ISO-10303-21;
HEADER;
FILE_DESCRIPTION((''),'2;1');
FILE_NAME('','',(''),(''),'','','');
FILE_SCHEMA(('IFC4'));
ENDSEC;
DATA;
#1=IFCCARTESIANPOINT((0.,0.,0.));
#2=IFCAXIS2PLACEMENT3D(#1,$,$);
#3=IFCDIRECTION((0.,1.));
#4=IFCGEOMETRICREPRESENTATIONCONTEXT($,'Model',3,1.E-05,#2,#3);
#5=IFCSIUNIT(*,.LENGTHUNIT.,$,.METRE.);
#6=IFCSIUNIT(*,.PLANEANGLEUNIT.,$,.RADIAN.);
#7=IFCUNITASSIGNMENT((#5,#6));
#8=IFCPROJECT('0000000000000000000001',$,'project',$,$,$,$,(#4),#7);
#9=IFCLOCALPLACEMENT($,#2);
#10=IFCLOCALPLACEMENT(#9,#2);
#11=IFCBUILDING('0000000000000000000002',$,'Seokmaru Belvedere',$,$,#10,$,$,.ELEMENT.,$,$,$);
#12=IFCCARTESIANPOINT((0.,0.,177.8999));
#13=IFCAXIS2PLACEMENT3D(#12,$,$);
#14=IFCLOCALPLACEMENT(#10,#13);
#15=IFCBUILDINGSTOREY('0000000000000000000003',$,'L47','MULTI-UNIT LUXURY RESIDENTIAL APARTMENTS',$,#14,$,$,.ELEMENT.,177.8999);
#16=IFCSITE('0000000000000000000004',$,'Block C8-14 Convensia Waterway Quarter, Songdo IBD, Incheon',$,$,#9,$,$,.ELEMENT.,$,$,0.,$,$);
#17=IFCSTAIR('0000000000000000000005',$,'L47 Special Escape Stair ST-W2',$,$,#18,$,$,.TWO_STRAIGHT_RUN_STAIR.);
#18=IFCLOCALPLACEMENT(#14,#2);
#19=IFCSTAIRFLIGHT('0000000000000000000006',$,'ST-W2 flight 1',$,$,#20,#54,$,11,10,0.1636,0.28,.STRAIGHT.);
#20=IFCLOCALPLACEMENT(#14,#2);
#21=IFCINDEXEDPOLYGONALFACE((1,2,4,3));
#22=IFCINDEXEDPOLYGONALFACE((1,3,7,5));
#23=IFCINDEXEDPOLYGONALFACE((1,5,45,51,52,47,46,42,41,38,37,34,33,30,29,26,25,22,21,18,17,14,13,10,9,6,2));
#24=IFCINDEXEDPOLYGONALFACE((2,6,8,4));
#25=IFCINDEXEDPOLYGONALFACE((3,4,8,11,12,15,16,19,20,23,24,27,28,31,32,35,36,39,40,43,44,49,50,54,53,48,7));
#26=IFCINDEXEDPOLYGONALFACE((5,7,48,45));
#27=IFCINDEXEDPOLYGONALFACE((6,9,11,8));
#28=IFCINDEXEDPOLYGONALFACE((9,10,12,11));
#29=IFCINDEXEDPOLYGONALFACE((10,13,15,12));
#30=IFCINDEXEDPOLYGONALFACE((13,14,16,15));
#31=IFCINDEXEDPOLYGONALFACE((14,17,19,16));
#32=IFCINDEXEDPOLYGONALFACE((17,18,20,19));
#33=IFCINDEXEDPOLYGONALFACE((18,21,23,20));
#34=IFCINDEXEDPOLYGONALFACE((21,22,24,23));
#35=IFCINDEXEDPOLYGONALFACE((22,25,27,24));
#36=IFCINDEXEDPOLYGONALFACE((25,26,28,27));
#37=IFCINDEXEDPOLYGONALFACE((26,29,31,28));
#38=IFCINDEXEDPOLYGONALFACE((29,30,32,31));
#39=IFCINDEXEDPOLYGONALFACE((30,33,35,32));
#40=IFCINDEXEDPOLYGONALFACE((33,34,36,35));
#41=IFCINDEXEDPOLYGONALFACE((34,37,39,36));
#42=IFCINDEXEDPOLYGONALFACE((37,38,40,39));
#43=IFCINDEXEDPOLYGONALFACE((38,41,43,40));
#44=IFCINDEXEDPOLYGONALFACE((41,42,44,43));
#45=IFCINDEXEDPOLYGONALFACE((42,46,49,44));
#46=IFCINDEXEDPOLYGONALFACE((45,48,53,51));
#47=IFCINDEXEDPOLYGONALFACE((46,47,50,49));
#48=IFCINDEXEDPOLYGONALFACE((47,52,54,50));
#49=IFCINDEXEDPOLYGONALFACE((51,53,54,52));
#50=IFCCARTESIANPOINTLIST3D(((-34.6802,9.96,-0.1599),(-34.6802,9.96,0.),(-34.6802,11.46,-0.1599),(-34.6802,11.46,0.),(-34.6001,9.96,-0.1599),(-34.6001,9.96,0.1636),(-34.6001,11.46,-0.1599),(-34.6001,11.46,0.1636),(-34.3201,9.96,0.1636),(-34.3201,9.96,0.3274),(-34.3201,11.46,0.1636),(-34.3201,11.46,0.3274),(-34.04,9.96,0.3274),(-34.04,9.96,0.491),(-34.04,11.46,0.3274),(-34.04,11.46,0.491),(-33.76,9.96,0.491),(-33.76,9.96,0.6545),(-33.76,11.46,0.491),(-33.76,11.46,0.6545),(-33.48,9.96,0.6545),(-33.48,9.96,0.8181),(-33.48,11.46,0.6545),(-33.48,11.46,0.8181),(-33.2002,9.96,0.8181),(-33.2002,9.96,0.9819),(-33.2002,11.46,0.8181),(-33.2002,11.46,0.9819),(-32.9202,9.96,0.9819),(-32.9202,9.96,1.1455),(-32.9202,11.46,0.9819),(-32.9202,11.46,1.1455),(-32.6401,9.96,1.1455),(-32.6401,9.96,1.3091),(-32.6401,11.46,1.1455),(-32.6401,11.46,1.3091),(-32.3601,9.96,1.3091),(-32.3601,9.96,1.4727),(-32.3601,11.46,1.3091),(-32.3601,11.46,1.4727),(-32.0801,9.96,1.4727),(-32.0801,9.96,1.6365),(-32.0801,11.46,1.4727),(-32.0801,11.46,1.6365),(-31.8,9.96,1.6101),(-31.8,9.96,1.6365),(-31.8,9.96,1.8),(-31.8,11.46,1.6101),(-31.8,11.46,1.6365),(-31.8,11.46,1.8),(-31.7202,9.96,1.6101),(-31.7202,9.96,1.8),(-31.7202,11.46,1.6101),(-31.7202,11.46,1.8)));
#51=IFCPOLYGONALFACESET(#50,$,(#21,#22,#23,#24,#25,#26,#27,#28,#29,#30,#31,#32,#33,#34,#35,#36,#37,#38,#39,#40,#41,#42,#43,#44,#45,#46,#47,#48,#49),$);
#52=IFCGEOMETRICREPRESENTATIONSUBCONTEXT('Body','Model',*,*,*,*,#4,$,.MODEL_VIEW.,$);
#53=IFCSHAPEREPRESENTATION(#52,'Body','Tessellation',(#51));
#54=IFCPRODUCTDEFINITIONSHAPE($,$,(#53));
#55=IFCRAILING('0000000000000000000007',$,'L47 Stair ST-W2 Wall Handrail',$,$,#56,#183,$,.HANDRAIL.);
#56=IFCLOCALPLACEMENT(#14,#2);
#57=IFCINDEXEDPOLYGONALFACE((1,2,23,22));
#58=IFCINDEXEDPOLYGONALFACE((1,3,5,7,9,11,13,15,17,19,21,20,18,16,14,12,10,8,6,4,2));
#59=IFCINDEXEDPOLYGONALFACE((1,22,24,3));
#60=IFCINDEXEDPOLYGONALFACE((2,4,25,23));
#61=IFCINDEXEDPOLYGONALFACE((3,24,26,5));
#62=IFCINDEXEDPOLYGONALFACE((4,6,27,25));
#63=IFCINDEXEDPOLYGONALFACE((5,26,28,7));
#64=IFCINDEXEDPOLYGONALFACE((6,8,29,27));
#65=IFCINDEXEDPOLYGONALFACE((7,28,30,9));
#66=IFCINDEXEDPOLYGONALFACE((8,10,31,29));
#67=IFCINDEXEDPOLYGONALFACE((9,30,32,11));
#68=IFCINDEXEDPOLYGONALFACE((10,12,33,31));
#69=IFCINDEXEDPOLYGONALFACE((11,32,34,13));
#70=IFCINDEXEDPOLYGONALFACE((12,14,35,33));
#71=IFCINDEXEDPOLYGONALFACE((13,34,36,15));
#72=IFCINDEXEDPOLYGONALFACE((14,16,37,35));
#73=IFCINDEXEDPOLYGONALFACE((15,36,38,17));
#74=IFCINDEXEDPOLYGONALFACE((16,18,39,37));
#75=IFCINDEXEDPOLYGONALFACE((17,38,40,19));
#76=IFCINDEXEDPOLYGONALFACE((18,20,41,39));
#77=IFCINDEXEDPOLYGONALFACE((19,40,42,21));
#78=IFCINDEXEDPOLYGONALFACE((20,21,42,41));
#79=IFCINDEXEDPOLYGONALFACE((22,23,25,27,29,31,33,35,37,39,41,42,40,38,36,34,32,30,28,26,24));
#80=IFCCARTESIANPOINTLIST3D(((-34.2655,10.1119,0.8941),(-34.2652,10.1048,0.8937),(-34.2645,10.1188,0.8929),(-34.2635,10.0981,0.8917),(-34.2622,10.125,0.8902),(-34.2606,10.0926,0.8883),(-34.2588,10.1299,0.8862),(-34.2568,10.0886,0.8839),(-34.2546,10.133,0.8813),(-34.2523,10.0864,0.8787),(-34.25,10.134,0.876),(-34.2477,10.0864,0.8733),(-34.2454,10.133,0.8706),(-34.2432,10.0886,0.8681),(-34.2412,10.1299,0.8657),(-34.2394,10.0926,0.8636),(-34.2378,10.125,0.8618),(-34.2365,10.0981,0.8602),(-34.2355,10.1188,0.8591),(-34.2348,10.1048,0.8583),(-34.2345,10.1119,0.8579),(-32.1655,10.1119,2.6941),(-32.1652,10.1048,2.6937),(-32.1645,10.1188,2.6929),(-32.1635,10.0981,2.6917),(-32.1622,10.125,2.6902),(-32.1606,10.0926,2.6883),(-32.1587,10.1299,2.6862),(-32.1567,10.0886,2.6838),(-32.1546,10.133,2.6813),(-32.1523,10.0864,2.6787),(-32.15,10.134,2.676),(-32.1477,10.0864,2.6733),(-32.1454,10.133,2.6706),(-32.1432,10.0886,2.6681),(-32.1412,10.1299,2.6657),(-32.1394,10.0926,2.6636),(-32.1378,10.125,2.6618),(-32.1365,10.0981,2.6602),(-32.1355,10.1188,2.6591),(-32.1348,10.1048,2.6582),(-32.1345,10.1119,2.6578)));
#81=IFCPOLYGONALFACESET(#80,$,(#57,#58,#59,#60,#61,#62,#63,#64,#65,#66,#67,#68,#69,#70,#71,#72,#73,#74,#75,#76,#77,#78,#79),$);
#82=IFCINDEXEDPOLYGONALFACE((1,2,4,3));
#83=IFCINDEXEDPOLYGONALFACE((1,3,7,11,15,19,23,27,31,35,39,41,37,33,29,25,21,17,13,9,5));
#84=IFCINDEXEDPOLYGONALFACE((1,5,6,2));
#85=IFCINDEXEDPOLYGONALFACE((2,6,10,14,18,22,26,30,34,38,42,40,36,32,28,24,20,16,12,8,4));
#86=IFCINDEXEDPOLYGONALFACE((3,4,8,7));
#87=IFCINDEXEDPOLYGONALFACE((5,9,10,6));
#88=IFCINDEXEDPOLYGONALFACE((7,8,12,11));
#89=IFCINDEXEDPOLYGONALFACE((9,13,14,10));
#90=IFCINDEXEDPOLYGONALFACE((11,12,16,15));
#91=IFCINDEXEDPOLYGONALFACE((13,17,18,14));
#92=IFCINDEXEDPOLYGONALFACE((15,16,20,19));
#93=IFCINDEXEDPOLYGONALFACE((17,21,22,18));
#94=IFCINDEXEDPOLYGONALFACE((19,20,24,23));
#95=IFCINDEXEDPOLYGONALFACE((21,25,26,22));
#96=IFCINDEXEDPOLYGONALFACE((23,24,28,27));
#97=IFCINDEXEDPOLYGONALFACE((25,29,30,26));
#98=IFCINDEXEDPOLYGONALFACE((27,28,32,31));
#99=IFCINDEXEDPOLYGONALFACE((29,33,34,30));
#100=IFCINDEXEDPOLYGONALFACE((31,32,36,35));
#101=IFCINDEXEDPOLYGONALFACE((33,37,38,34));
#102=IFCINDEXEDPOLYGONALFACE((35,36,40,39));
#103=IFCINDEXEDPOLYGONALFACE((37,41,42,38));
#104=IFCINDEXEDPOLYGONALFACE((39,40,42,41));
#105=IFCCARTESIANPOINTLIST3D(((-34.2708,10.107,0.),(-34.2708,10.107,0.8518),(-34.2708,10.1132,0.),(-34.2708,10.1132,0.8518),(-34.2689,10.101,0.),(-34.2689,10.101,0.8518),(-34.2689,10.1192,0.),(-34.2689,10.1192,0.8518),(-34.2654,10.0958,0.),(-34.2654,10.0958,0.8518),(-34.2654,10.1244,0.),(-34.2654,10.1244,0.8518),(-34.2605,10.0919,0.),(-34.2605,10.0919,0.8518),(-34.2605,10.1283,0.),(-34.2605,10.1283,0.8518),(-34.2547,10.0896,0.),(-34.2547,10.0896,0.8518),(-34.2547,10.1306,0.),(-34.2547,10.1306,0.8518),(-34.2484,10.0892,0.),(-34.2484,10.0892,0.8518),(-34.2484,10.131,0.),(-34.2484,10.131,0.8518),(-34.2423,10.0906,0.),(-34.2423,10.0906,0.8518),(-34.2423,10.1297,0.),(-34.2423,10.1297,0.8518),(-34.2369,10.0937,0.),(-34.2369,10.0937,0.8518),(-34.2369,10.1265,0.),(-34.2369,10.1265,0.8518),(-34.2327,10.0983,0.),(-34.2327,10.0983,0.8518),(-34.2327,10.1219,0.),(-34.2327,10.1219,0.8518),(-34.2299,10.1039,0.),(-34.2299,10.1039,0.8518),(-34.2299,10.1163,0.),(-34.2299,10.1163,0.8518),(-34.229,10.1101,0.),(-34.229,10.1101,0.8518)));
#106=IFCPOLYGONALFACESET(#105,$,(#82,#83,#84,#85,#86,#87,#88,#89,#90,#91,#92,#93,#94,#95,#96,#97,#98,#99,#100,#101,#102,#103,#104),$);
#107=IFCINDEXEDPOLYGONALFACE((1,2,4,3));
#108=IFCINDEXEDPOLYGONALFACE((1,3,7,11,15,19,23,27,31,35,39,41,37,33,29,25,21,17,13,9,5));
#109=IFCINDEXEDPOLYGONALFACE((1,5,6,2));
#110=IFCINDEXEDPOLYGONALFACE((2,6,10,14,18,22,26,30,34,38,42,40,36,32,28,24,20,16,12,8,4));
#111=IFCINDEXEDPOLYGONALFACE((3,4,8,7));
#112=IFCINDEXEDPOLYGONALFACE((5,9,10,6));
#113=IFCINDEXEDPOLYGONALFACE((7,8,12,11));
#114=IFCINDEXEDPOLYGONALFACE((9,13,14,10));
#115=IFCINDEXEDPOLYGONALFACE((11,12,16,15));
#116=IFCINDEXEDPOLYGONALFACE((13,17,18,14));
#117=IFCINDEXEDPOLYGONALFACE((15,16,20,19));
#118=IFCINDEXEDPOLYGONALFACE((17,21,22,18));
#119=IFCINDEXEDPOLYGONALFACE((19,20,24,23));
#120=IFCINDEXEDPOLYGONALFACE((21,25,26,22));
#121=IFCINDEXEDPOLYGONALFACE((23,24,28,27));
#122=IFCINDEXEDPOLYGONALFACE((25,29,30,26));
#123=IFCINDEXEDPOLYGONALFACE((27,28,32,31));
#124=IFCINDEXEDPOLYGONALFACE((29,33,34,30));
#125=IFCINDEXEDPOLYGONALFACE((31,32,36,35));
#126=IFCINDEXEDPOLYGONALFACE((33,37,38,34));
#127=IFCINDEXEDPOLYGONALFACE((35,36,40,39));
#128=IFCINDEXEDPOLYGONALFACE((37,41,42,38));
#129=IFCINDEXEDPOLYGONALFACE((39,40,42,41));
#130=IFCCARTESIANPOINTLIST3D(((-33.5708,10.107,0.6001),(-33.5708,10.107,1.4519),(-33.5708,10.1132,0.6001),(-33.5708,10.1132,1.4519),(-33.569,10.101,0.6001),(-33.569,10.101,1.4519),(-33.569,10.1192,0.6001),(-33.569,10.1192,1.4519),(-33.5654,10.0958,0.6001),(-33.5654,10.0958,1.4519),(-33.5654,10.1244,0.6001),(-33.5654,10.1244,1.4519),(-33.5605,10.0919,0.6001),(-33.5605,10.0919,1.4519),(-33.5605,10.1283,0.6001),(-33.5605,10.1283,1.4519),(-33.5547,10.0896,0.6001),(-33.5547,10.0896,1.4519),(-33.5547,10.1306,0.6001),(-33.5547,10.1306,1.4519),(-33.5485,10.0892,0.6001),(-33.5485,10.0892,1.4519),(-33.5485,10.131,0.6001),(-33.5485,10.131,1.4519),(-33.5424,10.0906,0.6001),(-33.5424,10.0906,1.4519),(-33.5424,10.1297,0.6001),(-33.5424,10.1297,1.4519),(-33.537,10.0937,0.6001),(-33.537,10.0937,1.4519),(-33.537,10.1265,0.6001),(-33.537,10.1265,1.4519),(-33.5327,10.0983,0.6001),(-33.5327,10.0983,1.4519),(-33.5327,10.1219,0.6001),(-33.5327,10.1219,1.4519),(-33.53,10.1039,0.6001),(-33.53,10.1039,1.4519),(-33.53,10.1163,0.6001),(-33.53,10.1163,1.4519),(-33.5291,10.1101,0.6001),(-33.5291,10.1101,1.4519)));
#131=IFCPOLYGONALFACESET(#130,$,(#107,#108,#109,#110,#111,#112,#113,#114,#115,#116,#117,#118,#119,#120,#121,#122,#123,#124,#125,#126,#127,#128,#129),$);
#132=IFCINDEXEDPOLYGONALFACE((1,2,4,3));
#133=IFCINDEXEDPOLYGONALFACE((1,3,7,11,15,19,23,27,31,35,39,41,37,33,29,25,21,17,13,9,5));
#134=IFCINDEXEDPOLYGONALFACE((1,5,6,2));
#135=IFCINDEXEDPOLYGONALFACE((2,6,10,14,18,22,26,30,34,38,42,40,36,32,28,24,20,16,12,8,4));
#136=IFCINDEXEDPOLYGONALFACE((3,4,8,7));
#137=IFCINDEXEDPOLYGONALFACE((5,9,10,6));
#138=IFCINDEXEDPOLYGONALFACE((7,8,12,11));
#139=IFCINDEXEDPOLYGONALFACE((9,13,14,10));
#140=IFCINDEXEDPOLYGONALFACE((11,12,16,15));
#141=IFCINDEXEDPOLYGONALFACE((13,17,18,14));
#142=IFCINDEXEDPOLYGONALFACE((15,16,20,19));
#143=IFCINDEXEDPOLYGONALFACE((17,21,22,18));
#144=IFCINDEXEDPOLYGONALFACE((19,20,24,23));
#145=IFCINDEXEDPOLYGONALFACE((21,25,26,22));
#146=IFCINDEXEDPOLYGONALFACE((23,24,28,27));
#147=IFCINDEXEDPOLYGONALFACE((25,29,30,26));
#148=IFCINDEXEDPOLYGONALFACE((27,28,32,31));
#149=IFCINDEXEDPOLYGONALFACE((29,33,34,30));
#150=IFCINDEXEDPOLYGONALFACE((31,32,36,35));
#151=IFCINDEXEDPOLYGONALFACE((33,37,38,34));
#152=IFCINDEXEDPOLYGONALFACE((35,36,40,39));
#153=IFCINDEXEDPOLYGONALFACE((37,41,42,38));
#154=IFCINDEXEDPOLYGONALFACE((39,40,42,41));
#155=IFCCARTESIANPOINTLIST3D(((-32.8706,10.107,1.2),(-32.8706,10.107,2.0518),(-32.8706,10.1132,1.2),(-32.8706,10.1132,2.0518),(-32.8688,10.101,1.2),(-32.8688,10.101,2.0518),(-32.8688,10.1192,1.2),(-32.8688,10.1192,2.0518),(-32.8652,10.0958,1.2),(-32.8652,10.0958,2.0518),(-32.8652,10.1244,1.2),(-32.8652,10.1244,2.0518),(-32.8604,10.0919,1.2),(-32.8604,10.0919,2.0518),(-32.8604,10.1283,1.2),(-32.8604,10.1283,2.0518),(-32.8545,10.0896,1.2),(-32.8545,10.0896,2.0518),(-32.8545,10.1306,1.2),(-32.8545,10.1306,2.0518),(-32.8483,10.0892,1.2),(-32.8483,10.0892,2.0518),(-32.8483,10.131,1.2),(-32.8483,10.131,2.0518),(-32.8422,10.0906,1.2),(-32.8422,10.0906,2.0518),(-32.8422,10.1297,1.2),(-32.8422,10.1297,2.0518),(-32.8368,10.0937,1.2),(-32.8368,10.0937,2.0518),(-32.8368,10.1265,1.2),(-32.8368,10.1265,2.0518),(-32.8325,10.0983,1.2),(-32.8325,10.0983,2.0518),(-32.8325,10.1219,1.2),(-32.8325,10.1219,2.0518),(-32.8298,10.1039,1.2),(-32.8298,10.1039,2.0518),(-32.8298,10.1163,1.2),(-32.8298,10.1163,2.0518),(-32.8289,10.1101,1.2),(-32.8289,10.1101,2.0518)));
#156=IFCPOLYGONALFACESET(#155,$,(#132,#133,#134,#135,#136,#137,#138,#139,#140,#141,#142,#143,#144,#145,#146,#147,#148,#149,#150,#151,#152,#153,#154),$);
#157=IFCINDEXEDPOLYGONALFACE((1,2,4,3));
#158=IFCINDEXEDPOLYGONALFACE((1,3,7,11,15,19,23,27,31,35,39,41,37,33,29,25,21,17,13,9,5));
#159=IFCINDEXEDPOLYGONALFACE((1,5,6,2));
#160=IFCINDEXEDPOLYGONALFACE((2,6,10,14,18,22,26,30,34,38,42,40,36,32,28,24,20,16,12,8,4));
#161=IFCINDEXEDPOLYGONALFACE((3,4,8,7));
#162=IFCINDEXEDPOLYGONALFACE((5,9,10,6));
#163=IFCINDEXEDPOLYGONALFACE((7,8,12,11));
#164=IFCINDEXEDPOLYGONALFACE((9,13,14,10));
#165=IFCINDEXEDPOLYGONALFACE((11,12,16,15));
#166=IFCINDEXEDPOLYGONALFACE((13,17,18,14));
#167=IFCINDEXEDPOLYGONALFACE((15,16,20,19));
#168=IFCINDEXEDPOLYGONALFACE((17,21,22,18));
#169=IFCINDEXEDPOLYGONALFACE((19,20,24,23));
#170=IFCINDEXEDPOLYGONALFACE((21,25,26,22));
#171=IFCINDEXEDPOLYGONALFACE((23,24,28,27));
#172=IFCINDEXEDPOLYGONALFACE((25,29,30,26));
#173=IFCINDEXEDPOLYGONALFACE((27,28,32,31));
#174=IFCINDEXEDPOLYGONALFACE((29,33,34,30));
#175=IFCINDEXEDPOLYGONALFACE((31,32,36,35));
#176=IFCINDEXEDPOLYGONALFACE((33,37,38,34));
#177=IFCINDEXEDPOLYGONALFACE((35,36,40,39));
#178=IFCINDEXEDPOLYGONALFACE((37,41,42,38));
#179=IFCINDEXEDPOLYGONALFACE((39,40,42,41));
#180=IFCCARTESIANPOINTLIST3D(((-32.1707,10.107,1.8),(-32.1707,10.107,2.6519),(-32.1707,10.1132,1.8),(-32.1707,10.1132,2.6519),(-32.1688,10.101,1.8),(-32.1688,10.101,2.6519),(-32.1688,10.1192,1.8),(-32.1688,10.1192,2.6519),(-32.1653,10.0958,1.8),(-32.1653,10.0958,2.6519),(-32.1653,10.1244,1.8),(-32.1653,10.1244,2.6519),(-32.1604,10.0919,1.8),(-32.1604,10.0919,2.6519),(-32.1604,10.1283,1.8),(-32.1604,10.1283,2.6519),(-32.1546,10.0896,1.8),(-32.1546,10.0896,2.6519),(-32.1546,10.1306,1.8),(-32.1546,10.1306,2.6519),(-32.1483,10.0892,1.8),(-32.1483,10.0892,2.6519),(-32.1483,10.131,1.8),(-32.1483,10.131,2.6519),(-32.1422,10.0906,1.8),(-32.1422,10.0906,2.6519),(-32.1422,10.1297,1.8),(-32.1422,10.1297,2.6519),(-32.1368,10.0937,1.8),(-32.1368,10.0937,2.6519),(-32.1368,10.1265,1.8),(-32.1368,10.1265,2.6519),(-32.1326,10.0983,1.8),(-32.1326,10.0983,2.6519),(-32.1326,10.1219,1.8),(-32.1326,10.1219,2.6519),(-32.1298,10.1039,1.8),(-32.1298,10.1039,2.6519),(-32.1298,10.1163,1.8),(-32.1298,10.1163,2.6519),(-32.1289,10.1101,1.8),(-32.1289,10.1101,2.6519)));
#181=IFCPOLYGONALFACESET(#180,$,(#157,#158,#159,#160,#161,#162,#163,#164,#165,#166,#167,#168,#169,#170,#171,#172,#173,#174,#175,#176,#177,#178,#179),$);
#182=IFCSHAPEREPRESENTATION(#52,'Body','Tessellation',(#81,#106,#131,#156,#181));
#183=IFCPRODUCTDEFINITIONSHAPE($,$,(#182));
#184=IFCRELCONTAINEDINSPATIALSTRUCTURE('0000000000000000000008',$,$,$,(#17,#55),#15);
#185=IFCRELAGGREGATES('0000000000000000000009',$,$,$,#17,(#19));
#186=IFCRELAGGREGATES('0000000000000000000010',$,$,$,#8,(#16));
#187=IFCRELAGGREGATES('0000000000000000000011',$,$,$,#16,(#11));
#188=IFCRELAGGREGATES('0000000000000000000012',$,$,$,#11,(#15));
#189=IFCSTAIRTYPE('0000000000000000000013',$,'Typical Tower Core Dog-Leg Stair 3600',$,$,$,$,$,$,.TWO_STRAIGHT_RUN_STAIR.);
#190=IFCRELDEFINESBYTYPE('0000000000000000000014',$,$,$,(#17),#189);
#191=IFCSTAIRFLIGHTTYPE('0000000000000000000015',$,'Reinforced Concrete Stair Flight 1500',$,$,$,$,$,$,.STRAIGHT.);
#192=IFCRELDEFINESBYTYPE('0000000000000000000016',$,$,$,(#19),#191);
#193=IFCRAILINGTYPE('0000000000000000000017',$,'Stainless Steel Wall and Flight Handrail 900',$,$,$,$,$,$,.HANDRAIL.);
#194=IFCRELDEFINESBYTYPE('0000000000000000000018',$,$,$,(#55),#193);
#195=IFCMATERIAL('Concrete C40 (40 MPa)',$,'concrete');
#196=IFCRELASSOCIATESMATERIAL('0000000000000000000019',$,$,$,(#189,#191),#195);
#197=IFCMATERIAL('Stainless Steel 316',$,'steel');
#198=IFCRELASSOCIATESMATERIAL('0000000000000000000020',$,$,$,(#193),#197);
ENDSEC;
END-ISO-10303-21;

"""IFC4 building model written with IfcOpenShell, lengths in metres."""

from ifc_helpers import new_model, si_unit, direction, frame, origin, origin_2d, place, context, subcontext, project, spatial, polyline, circle, outline, extrude, material, type_object, element, aggregate, save


model = new_model("IFC4")

# Units and contexts
model_context = context("Model", 3, precision=1e-05, world=origin(), true_north=direction((0.0, 1.0)))
body_context = subcontext(model_context, "Body", "Model", "MODEL_VIEW")
ifc_project = project(units=[si_unit("LENGTHUNIT", "METRE"), si_unit("PLANEANGLEUNIT", "RADIAN")], contexts=[model_context])

# Site, building, storey
site_placement = place(None, origin())
site = spatial("IfcSite", under=ifc_project, at=site_placement, Name="Block C8-14 Convensia Waterway Quarter, Songdo IBD, Incheon", CompositionType="ELEMENT", RefElevation=0.0)
building_placement = place(site_placement, origin())
building = spatial("IfcBuilding", under=site, at=building_placement, Name="Seokmaru Belvedere", CompositionType="ELEMENT")
storey_placement = place(building_placement, frame((0.0, 0.0, 177.8999)))
storey = spatial("IfcBuildingStorey", under=building, at=storey_placement, Name="L47", Description="MULTI-UNIT LUXURY RESIDENTIAL APARTMENTS", CompositionType="ELEMENT", Elevation=177.8999)

# Stair, stair flight
ifc_material_1 = material(Name="Concrete C40 (40 MPa)", Category="concrete")
stair_type = type_object("IfcStairType", Name="Typical Tower Core Dog-Leg Stair 3600", PredefinedType="TWO_STRAIGHT_RUN_STAIR", material=ifc_material_1)
stair_placement = place(storey_placement, origin())
stair = element("IfcStair", 1, at=stair_placement, inside=storey, type_object=stair_type, Name="L47 Special Escape Stair ST-W2", PredefinedType="TWO_STRAIGHT_RUN_STAIR")
stair_flight_type = type_object("IfcStairFlightType", Name="Reinforced Concrete Stair Flight 1500", PredefinedType="STRAIGHT", material=ifc_material_1)
stair_flight_placement = place(storey_placement, frame((-34.6001, 10.71, 0.0), z_axis=(0.0, 0.0, 1.0), x_axis=(1.0, 0.0, 0.0)))
stair_flight = element("IfcStairFlight", 2, at=stair_flight_placement, type_object=stair_flight_type, Name="ST-W2 flight 1", NumberOfRisers=11, NumberOfTreads=10, PredefinedType="STRAIGHT", RiserHeight=0.1636, TreadLength=0.28, context=body_context, shape_type="SweptSolid", body=[
    extrude(outline(polyline([(-0.0801, 0.0), (0.0, 0.1636), (0.28, 0.1636), (0.28, 0.3274), (0.5601, 0.3274), (0.5601, 0.491), (0.8401, 0.491), (0.8401, 0.6545), (1.1201, 0.6545), (1.1201, 0.8181), (1.3999, 0.8181), (1.3999, 0.9819), (1.6799, 0.9819), (1.6799, 1.1455), (1.96, 1.1455), (1.96, 1.3091), (2.24, 1.3091), (2.24, 1.4727), (2.52, 1.4727), (2.52, 1.6365), (2.8, 1.6365), (2.8, 1.8), (2.8799, 1.8), (2.8799, 1.6101), (2.8, 1.6101), (0.0, -0.1599), (-0.0801, -0.1599), (-0.0801, 0.0)])), frame((0.0, 0.75, 0.0), z_axis=(0.0, -1.0, 0.0), x_axis=(1.0, 0.0, 0.0)), (0.0, 0.0, 1.0), 1.5),
])
aggregate(stair, [stair_flight])

# Railing
ifc_material_2 = material(Name="Stainless Steel 316", Category="steel")
railing_type = type_object("IfcRailingType", Name="Stainless Steel Wall and Flight Handrail 900", PredefinedType="HANDRAIL", material=ifc_material_2)
railing_placement = place(storey_placement, frame((-34.25, 10.1101, 0.0)))
element("IfcRailing", 3, at=railing_placement, inside=storey, type_object=railing_type, Name="L47 Stair ST-W2 Wall Handrail", PredefinedType="HANDRAIL", context=body_context, shape_type="SweptSolid", body=[
    extrude(circle(Radius=0.0239, at=origin_2d()), frame((0.0, 0.0, 0.876), z_axis=(0.759263, 0.0, 0.650784), x_axis=(0.0, 1.0, 0.0)), (0.0, 0.0, 1.0), 2.7659),
    extrude(circle(Radius=0.021, at=origin_2d()), origin(), (0.0, 0.0, 1.0), 0.8518),
    extrude(circle(Radius=0.021, at=origin_2d()), frame((0.7, 0.0, 0.6001)), (0.0, 0.0, 1.0), 0.8518),
    extrude(circle(Radius=0.021, at=origin_2d()), frame((1.4001, 0.0, 1.2)), (0.0, 0.0, 1.0), 0.8518),
    extrude(circle(Radius=0.021, at=origin_2d()), frame((2.1001, 0.0, 1.8)), (0.0, 0.0, 1.0), 0.8518),
])

save(model, "model.ifc")
